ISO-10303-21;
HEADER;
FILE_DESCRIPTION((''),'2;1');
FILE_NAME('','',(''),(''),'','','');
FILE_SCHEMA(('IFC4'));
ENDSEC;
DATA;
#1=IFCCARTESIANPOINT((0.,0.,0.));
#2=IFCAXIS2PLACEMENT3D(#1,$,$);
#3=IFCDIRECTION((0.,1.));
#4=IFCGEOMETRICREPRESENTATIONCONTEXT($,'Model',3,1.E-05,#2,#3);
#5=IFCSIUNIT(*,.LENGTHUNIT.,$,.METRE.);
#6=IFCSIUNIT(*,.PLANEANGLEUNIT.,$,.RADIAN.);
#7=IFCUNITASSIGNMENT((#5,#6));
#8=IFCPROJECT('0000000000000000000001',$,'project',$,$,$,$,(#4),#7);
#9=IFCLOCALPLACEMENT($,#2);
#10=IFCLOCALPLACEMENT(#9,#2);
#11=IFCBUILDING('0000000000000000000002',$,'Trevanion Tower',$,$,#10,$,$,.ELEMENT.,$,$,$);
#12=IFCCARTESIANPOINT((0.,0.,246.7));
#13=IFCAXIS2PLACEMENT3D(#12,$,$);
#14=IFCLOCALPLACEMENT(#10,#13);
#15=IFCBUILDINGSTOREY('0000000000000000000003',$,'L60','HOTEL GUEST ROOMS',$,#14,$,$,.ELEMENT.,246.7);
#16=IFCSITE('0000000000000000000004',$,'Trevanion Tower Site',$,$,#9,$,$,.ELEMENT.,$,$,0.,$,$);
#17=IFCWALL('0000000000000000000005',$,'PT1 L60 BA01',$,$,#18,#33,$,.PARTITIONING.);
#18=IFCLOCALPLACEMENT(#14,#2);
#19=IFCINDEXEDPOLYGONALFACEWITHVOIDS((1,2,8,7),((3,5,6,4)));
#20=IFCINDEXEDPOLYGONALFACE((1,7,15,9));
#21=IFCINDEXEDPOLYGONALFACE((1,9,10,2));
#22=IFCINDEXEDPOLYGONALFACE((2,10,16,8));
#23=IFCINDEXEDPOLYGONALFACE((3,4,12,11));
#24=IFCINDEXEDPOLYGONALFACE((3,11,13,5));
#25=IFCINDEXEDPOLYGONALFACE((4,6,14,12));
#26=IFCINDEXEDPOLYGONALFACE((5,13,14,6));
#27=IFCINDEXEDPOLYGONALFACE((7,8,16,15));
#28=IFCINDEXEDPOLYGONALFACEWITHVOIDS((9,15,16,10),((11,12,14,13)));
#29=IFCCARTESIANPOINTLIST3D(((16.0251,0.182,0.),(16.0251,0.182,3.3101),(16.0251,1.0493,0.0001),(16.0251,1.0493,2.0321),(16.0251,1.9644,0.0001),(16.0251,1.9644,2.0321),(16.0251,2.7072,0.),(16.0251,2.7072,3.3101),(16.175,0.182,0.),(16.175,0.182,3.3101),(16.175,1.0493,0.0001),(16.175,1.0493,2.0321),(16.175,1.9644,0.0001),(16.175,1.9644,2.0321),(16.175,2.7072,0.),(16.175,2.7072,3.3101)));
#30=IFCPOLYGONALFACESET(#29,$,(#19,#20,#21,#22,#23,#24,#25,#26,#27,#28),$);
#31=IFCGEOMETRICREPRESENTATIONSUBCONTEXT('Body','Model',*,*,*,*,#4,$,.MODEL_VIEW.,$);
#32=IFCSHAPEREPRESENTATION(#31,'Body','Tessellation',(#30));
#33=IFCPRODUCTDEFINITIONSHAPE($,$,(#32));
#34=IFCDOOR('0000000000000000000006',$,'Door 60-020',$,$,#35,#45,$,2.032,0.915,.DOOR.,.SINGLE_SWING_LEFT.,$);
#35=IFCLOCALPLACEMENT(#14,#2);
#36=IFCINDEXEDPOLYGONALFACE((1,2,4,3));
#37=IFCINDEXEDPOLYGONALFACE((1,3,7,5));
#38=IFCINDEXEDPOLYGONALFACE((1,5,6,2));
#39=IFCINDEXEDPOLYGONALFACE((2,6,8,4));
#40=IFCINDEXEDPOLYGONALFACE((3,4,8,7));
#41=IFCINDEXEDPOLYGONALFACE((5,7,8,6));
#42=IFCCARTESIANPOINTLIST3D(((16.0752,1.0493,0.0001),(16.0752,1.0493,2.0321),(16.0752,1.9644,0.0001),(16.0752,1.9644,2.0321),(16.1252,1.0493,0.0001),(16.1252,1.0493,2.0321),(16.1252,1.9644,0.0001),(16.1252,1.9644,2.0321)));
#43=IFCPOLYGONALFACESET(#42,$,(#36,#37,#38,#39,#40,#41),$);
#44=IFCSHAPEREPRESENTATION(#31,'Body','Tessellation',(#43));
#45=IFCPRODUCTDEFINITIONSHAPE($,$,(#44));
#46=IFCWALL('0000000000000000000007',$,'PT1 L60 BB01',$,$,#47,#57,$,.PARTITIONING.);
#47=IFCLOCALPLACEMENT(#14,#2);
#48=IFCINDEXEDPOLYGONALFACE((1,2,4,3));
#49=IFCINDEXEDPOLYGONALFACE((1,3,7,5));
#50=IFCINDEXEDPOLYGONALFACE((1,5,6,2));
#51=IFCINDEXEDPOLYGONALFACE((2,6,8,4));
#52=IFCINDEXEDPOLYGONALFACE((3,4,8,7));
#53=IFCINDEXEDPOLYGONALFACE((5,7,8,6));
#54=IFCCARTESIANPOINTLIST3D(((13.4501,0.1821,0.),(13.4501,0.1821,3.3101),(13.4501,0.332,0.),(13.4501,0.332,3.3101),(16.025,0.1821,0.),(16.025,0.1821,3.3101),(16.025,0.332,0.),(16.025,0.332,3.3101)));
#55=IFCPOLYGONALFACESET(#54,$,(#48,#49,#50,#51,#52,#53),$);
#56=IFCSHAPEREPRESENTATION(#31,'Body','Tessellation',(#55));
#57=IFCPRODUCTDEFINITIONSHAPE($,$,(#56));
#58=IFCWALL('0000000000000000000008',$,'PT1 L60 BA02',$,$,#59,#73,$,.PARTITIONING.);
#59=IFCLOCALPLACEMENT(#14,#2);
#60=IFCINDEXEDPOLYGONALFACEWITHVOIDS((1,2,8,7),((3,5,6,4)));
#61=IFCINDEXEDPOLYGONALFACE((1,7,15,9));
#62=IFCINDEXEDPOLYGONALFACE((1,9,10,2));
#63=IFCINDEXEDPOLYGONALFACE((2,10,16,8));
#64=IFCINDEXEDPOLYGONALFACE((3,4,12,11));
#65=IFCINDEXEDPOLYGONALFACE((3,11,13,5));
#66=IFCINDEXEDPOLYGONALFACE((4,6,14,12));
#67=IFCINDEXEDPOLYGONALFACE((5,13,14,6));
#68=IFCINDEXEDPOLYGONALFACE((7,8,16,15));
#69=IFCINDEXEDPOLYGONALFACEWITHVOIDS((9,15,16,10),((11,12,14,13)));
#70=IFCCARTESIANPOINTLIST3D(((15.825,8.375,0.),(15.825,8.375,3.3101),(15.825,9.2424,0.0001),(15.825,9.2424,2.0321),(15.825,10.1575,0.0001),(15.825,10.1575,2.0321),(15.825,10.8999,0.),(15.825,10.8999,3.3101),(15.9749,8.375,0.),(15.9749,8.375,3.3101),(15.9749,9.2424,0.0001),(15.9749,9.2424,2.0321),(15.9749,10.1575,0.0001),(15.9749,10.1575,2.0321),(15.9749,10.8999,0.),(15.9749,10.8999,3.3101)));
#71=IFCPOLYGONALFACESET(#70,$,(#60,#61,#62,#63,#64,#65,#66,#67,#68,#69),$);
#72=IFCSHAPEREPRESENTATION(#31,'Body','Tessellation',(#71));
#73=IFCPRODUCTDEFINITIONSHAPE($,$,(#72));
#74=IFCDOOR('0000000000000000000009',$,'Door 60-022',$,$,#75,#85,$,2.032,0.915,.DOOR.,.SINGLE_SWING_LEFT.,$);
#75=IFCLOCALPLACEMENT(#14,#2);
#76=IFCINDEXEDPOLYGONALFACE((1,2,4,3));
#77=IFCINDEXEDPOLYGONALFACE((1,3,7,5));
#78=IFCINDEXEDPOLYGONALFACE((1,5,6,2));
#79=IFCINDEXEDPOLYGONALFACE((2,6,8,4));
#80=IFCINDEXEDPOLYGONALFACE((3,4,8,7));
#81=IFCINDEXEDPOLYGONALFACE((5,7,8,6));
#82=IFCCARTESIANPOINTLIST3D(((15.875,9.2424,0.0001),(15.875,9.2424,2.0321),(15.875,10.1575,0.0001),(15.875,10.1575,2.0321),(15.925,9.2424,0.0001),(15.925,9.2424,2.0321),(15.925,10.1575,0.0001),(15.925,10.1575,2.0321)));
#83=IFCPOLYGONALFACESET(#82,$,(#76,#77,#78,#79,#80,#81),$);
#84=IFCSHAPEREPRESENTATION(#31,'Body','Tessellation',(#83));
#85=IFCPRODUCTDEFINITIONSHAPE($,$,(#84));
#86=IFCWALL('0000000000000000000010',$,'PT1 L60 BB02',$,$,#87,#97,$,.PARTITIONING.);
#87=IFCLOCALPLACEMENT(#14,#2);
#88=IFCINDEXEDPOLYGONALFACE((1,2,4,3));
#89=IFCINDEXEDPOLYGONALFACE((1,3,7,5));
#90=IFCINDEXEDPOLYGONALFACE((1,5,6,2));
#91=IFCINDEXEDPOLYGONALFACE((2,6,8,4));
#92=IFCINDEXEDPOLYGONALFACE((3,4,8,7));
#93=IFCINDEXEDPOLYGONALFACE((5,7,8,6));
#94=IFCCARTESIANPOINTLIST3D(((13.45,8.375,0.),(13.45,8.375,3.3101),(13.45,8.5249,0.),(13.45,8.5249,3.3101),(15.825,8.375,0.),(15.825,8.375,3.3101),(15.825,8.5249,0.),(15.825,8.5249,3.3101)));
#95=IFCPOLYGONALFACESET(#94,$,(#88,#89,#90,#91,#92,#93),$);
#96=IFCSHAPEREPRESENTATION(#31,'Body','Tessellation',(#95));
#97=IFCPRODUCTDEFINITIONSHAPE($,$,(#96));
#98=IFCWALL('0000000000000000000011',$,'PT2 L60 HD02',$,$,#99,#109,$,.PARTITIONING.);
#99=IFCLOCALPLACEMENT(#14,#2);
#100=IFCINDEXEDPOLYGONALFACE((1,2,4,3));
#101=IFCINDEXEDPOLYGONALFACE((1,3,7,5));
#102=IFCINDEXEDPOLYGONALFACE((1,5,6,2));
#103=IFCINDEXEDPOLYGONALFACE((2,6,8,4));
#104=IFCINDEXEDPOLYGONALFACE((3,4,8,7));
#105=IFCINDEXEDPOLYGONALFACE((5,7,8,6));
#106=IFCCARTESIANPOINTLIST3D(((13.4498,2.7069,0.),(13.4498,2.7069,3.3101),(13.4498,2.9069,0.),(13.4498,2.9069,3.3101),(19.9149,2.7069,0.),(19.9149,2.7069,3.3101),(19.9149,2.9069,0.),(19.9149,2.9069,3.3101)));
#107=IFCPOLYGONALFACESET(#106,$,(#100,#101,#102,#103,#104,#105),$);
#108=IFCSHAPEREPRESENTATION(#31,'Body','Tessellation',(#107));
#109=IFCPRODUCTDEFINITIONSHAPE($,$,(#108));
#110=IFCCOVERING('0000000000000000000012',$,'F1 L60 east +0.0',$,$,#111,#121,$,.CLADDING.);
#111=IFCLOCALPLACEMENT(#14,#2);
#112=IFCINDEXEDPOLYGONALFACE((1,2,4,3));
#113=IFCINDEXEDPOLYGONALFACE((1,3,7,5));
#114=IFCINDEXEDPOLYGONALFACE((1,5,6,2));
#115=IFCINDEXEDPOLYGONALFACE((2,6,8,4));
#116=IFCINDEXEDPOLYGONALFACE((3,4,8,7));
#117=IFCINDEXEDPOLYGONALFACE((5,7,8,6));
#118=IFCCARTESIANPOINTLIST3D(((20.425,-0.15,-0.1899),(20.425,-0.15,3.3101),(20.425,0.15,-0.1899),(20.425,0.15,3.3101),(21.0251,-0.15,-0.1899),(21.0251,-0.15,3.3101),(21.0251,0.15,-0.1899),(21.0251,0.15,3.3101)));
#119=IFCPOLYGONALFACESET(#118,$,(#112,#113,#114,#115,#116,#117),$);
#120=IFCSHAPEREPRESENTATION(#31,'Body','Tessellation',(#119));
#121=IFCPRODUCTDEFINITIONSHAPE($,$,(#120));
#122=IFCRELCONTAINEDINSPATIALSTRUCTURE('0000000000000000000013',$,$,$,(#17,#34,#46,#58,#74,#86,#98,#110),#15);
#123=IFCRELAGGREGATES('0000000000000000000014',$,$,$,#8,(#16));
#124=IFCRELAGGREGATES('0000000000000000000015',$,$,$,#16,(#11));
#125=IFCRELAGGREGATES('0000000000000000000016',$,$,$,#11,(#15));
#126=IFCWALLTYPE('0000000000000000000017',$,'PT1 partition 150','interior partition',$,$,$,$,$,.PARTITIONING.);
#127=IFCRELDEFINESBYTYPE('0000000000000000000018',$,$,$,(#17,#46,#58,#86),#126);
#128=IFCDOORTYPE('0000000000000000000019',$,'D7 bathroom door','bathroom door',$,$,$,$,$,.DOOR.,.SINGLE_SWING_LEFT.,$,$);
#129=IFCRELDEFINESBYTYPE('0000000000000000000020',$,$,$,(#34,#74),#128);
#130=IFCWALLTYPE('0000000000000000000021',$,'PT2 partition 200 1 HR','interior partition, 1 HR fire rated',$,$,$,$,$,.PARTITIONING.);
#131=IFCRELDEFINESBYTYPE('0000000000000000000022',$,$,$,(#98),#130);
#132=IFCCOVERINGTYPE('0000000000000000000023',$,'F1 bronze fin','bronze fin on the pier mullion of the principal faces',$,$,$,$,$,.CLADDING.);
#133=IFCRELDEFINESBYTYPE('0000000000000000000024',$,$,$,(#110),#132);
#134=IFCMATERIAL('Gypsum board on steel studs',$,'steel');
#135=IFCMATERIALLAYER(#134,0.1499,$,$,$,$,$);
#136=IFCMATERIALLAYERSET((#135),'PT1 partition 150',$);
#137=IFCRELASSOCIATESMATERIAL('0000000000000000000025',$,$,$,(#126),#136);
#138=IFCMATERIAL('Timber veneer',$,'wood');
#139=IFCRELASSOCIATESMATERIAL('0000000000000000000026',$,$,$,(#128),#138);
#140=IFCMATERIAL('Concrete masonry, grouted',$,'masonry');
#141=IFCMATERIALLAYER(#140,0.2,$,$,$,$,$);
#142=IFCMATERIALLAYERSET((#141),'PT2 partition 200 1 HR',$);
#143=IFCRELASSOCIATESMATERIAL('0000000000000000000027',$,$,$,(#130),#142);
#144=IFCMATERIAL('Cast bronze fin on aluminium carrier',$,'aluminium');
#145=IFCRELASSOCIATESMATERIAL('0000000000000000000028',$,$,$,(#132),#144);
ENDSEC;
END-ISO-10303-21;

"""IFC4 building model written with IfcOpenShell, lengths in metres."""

from ifc_helpers import new_model, si_unit, direction, frame, frame_2d, origin, origin_2d, place, context, subcontext, project, spatial, rectangle, extrude, material, layer, layer_set, type_object, element, fill, save


model = new_model("IFC4")

# Units and contexts
model_context = context("Model", 3, precision=1e-05, world=origin(), true_north=direction((0.0, 1.0)))
body_context = subcontext(model_context, "Body", "Model", "MODEL_VIEW")
ifc_project = project(units=[si_unit("LENGTHUNIT", "METRE"), si_unit("PLANEANGLEUNIT", "RADIAN")], contexts=[model_context])

# Site, building, storey
site_placement = place(None, origin())
site = spatial("IfcSite", under=ifc_project, at=site_placement, Name="Trevanion Tower Site", CompositionType="ELEMENT", RefElevation=0.0)
building_placement = place(site_placement, origin())
building = spatial("IfcBuilding", under=site, at=building_placement, Name="Trevanion Tower", CompositionType="ELEMENT")
storey_placement = place(building_placement, frame((0.0, 0.0, 246.7)))
storey = spatial("IfcBuildingStorey", under=building, at=storey_placement, Name="L60", Description="HOTEL GUEST ROOMS", CompositionType="ELEMENT", Elevation=246.7)

# Wall, opening, door
ifc_material_1 = material(Name="Gypsum board on steel studs", Category="steel")
ifc_layer_1 = layer(ifc_material_1, 0.1499)
ifc_layer_set_1 = layer_set([ifc_layer_1], Name="PT1 partition 150")
wall_type_1 = type_object("IfcWallType", Name="PT1 partition 150", Description="interior partition", PredefinedType="PARTITIONING", material=ifc_layer_set_1)
wall_1_placement = place(storey_placement, frame((16.1001, 0.1819, 0.0), z_axis=(0.0, 0.0, 1.0), x_axis=(0.0, 1.0, 0.0)))
wall_1 = element("IfcWall", 1, at=wall_1_placement, inside=storey, type_object=wall_type_1, Name="PT1 L60 BA01", PredefinedType="PARTITIONING", context=body_context, shape_type="SweptSolid", body=[
    extrude(rectangle(XDim=2.5251, YDim=0.1499, at=frame_2d((1.2627, 0.0))), origin(), (0.0, 0.0, 1.0), 3.3101),
])
opening_1_placement = place(wall_1_placement, frame((0.8674, 0.0, 0.0)))
opening_1 = element("IfcOpeningElement", 2, at=opening_1_placement, cuts=wall_1, PredefinedType="OPENING", context=body_context, shape_type="SweptSolid", body=[
    extrude(rectangle(XDim=0.915, YDim=2.032, at=frame_2d((0.4575, 1.0161))), frame((0.0, 0.085, 0.0), z_axis=(0.0, -1.0, 0.0), x_axis=(1.0, 0.0, 0.0)), (0.0, 0.0, 1.0), 0.1699),
])
ifc_material_2 = material(Name="Timber veneer", Category="wood")
door_type = type_object("IfcDoorType", Name="D7 bathroom door", Description="bathroom door", OperationType="SINGLE_SWING_LEFT", PredefinedType="DOOR", material=ifc_material_2)
door_1_placement = place(opening_1_placement, origin())
door_1 = element("IfcDoor", 3, at=door_1_placement, inside=storey, type_object=door_type, Name="Door 60-020", OperationType="SINGLE_SWING_LEFT", OverallHeight=2.032, OverallWidth=0.915, PredefinedType="DOOR", context=body_context, shape_type="SweptSolid", body=[
    extrude(rectangle(XDim=0.915, YDim=2.032, at=frame_2d((0.4575, 1.0161))), frame((0.0, 0.0249, 0.0), z_axis=(0.0, -1.0, 0.0), x_axis=(1.0, 0.0, 0.0)), (0.0, 0.0, 1.0), 0.05),
])
fill(opening_1, door_1)

# Wall
wall_2_placement = place(storey_placement, frame((13.45, 0.2571, 0.0), z_axis=(0.0, 0.0, 1.0), x_axis=(1.0, 0.0, 0.0)))
element("IfcWall", 4, at=wall_2_placement, inside=storey, type_object=wall_type_1, Name="PT1 L60 BB01", PredefinedType="PARTITIONING", context=body_context, shape_type="SweptSolid", body=[
    extrude(rectangle(XDim=2.575, YDim=0.1499, at=frame_2d((1.2876, 0.0))), origin(), (0.0, 0.0, 1.0), 3.3101),
])

# Wall, opening, door
wall_3_placement = place(storey_placement, frame((15.8999, 8.375, 0.0), z_axis=(0.0, 0.0, 1.0), x_axis=(0.0, 1.0, 0.0)))
wall_3 = element("IfcWall", 5, at=wall_3_placement, inside=storey, type_object=wall_type_1, Name="PT1 L60 BA02", PredefinedType="PARTITIONING", context=body_context, shape_type="SweptSolid", body=[
    extrude(rectangle(XDim=2.5249, YDim=0.1499, at=frame_2d((1.2625, 0.0))), origin(), (0.0, 0.0, 1.0), 3.3101),
])
opening_2_placement = place(wall_3_placement, frame((0.8674, 0.0, 0.0)))
opening_2 = element("IfcOpeningElement", 6, at=opening_2_placement, cuts=wall_3, PredefinedType="OPENING", context=body_context, shape_type="SweptSolid", body=[
    extrude(rectangle(XDim=0.915, YDim=2.032, at=frame_2d((0.4575, 1.0161))), frame((0.0, 0.085, 0.0), z_axis=(0.0, -1.0, 0.0), x_axis=(1.0, 0.0, 0.0)), (0.0, 0.0, 1.0), 0.1699),
])
door_2_placement = place(opening_2_placement, origin())
door_2 = element("IfcDoor", 7, at=door_2_placement, inside=storey, type_object=door_type, Name="Door 60-022", OperationType="SINGLE_SWING_LEFT", OverallHeight=2.032, OverallWidth=0.915, PredefinedType="DOOR", context=body_context, shape_type="SweptSolid", body=[
    extrude(rectangle(XDim=0.915, YDim=2.032, at=frame_2d((0.4575, 1.0161))), frame((0.0, 0.0249, 0.0), z_axis=(0.0, -1.0, 0.0), x_axis=(1.0, 0.0, 0.0)), (0.0, 0.0, 1.0), 0.05),
])
fill(opening_2, door_2)

# Walls
wall_4_placement = place(storey_placement, frame((13.45, 8.45, 0.0), z_axis=(0.0, 0.0, 1.0), x_axis=(1.0, 0.0, 0.0)))
element("IfcWall", 8, at=wall_4_placement, inside=storey, type_object=wall_type_1, Name="PT1 L60 BB02", PredefinedType="PARTITIONING", context=body_context, shape_type="SweptSolid", body=[
    extrude(rectangle(XDim=2.375, YDim=0.1499, at=frame_2d((1.1875, 0.0))), origin(), (0.0, 0.0, 1.0), 3.3101),
])
ifc_material_3 = material(Name="Concrete masonry, grouted", Category="masonry")
ifc_layer_2 = layer(ifc_material_3, 0.2)
ifc_layer_set_2 = layer_set([ifc_layer_2], Name="PT2 partition 200 1 HR")
wall_type_2 = type_object("IfcWallType", Name="PT2 partition 200 1 HR", Description="interior partition, 1 HR fire rated", PredefinedType="PARTITIONING", material=ifc_layer_set_2)
wall_5_placement = place(storey_placement, frame((13.45, 2.8069, 0.0), z_axis=(0.0, 0.0, 1.0), x_axis=(1.0, 0.0, 0.0)))
element("IfcWall", 9, at=wall_5_placement, inside=storey, type_object=wall_type_2, Name="PT2 L60 HD02", PredefinedType="PARTITIONING", context=body_context, shape_type="SweptSolid", body=[
    extrude(rectangle(XDim=6.4651, YDim=0.2, at=frame_2d((3.2324, 0.0))), origin(), (0.0, 0.0, 1.0), 3.3101),
])

# Covering
ifc_material_4 = material(Name="Cast bronze fin on aluminium carrier", Category="aluminium")
covering_type = type_object("IfcCoveringType", Name="F1 bronze fin", Description="bronze fin on the pier mullion of the principal faces", PredefinedType="CLADDING", material=ifc_material_4)
covering_placement = place(storey_placement, frame((20.7251, 0.0, -0.1899), z_axis=(0.0, 0.0, 1.0), x_axis=(0.0, 1.0, 0.0)))
element("IfcCovering", 10, at=covering_placement, inside=storey, type_object=covering_type, Name="F1 L60 east +0.0", PredefinedType="CLADDING", context=body_context, shape_type="SweptSolid", body=[
    extrude(rectangle(XDim=0.3, YDim=0.6001, at=origin_2d()), origin(), (0.0, 0.0, 1.0), 3.5),
])

save(model, "model.ifc")
